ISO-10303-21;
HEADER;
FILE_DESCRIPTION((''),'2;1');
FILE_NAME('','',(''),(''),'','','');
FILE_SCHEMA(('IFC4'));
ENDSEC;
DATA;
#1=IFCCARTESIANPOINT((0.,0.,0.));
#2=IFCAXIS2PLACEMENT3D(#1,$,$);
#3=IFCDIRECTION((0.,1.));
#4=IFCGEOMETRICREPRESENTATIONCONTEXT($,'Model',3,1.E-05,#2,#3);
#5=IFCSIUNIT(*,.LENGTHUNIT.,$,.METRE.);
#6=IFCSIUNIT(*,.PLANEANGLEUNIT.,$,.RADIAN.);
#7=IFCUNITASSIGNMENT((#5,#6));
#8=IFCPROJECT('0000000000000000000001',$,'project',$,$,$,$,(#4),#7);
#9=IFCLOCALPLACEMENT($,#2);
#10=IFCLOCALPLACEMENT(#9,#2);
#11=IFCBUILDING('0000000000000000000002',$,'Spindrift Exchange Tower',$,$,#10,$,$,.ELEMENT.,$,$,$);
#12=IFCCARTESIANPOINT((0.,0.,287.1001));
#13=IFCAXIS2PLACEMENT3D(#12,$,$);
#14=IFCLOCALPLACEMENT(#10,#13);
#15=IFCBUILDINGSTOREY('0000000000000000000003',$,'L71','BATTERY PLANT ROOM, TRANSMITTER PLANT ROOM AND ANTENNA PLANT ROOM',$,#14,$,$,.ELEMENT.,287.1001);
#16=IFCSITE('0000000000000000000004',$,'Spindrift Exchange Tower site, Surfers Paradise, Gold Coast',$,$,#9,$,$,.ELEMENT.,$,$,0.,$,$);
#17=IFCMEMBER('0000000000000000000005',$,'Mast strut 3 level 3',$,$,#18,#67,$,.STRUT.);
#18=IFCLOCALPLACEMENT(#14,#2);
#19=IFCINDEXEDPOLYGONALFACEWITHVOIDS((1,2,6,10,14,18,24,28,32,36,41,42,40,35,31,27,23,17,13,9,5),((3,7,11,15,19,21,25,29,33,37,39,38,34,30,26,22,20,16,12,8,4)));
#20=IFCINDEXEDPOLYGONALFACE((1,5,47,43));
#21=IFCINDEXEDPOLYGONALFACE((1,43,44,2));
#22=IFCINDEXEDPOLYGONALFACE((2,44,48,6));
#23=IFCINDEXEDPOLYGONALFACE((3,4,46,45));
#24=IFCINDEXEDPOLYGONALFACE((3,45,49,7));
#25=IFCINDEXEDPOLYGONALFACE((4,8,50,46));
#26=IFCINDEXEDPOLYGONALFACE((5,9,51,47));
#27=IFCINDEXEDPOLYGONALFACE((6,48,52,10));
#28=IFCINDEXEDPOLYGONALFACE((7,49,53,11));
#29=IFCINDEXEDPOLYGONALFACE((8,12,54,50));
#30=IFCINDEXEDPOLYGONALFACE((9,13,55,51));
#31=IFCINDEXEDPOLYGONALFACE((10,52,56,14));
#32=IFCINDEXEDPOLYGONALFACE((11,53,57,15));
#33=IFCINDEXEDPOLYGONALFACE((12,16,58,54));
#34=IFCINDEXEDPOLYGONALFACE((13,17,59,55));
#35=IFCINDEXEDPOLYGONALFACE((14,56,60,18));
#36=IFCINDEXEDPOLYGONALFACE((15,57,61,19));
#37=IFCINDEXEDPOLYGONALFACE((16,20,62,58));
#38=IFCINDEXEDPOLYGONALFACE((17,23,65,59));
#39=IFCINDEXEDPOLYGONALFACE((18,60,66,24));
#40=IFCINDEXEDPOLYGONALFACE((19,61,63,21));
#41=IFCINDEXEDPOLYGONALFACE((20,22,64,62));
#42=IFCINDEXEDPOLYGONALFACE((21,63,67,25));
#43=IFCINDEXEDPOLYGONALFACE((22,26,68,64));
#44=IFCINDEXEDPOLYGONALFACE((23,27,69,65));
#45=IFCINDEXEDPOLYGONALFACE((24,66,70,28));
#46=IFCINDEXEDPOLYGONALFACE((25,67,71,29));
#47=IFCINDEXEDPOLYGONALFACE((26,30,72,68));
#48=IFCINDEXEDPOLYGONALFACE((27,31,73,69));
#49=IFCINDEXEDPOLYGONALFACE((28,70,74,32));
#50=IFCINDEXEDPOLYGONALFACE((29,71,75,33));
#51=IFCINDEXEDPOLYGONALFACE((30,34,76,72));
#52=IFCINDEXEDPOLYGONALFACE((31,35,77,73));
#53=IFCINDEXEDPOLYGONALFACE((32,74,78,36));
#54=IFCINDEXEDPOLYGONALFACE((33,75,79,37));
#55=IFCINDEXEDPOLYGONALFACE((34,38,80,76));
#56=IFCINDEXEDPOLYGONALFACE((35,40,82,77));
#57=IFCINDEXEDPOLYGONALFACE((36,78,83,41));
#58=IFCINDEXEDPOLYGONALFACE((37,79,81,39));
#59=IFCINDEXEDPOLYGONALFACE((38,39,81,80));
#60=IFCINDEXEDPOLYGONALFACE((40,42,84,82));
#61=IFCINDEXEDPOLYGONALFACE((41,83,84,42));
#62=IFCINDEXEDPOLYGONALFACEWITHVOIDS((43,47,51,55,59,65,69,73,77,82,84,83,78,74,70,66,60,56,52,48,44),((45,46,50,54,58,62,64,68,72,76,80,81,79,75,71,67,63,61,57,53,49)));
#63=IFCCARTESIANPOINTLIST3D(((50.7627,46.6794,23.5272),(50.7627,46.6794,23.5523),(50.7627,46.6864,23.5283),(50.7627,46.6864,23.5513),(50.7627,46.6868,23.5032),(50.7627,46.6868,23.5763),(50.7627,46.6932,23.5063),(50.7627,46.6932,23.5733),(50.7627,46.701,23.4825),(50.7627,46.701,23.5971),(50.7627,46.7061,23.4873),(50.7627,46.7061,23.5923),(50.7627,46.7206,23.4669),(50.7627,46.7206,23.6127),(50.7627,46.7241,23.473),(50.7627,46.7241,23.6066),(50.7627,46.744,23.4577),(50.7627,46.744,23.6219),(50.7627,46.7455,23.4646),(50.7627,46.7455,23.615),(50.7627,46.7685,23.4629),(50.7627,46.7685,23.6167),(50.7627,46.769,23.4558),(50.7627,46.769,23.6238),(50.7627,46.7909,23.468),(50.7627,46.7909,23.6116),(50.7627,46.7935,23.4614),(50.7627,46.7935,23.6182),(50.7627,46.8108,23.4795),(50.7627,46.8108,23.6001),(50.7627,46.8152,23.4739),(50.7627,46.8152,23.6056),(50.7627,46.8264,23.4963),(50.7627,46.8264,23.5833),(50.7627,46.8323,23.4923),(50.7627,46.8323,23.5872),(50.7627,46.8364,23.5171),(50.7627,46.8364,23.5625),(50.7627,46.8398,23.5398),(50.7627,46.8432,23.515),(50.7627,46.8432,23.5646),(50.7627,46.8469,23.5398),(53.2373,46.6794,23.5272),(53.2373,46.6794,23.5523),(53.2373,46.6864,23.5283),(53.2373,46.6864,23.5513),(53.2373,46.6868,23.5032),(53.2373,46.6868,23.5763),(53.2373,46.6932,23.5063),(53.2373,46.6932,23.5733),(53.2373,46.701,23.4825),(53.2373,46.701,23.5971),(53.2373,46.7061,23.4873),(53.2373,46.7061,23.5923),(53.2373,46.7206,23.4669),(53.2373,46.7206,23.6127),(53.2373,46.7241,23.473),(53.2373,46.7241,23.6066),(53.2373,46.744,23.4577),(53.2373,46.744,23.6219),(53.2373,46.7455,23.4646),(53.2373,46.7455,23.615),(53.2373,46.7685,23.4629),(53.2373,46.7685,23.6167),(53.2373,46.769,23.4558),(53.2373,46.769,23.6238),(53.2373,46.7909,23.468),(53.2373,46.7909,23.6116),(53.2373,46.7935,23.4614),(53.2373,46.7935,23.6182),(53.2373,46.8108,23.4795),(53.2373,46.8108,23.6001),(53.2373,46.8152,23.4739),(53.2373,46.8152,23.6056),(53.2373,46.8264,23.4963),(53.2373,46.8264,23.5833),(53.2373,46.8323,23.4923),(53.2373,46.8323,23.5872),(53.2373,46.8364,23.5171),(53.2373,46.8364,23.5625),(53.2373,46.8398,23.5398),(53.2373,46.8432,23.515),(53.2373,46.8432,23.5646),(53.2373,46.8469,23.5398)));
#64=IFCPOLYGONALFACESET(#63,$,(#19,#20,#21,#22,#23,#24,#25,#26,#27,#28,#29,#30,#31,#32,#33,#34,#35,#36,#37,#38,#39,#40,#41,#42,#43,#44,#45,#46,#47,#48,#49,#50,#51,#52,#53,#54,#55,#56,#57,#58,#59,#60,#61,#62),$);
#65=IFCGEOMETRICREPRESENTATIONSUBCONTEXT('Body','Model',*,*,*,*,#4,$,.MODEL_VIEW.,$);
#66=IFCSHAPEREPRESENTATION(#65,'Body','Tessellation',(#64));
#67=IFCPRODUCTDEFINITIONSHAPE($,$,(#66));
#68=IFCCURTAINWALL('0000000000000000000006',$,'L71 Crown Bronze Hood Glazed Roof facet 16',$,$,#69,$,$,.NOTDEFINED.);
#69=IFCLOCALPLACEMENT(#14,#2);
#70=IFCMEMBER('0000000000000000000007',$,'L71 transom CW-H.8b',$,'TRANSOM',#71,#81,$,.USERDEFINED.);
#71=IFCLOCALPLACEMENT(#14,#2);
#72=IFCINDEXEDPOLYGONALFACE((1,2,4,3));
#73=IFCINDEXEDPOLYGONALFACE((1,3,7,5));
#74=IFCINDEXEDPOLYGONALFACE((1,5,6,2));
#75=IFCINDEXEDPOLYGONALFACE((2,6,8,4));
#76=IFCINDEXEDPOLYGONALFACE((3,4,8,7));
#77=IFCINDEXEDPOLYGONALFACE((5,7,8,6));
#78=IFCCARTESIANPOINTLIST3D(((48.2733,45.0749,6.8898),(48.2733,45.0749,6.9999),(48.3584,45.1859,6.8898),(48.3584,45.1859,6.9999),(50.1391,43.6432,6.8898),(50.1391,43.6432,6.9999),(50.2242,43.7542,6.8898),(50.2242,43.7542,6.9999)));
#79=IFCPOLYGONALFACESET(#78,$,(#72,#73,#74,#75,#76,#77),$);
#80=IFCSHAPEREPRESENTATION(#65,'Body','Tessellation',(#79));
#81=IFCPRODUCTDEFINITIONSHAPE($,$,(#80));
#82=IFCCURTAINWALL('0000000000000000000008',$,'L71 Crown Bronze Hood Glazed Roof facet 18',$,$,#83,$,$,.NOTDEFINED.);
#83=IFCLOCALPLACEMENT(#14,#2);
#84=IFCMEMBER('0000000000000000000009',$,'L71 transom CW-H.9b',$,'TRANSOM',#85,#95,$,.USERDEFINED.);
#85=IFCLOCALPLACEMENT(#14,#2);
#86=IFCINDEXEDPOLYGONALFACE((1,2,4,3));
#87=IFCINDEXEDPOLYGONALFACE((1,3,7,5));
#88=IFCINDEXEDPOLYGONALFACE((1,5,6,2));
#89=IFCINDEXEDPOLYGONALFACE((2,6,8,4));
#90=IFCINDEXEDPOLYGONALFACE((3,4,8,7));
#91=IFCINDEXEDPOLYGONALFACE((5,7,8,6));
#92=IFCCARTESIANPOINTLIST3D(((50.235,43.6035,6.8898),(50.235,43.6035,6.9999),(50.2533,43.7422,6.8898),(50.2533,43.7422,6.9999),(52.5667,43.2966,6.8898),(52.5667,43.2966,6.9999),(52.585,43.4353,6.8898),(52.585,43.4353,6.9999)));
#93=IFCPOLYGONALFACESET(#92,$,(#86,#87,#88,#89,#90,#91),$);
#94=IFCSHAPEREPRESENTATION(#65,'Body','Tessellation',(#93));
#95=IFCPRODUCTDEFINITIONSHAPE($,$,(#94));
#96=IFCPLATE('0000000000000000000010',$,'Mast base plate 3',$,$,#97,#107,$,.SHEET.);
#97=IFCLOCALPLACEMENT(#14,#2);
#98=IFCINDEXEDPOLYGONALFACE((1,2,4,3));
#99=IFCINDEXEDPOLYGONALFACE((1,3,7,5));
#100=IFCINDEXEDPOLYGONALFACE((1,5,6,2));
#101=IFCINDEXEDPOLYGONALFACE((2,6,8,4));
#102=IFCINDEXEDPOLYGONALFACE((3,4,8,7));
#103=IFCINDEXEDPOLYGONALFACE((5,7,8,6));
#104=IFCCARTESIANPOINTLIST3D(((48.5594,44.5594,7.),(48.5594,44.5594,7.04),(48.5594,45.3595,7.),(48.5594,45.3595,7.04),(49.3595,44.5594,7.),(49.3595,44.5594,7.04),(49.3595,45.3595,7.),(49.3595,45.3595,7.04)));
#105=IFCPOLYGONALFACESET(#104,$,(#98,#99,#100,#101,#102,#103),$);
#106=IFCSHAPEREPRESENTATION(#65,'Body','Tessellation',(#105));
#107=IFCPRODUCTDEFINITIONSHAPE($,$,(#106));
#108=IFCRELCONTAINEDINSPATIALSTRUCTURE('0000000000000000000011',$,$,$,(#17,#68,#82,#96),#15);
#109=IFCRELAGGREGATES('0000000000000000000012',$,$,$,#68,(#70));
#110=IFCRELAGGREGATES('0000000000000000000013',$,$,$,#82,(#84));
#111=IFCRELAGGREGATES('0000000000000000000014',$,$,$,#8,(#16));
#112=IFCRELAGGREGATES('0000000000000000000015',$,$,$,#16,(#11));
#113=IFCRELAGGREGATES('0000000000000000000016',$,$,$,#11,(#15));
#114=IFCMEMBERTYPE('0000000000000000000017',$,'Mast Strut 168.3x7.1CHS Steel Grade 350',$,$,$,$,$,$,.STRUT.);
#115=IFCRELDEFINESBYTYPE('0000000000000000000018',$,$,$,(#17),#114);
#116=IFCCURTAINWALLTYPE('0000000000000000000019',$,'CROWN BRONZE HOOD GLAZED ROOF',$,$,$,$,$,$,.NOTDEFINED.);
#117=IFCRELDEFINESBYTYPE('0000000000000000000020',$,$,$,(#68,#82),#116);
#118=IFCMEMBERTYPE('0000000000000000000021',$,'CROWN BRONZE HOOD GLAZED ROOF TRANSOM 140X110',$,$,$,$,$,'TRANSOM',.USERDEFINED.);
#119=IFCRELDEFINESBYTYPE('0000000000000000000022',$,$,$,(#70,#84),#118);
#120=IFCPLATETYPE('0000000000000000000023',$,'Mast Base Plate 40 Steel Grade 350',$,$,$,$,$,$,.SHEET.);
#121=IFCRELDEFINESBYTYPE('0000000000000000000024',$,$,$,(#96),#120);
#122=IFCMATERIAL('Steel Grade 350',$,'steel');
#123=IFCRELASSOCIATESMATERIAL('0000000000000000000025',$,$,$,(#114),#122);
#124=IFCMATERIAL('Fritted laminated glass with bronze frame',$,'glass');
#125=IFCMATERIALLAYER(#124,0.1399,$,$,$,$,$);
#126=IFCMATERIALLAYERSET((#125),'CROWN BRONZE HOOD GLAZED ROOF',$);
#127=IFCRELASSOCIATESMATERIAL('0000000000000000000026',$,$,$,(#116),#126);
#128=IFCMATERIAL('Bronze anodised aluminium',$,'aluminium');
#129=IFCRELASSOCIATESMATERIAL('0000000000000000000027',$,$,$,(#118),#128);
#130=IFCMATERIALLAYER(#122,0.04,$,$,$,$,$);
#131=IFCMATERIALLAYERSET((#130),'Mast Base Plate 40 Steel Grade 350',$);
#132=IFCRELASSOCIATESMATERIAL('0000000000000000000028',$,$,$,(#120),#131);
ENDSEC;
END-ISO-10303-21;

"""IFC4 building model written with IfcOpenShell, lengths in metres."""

from ifc_helpers import new_model, si_unit, direction, frame, origin, origin_2d, place, context, subcontext, project, spatial, rectangle, hollow_circle, extrude, source, transform, mapped, material, layer, layer_set, material_profile, profile_set, type_object, element, aggregate, save


model = new_model("IFC4")

# Units and contexts
model_context = context("Model", 3, precision=1e-05, world=origin(), true_north=direction((0.0, 1.0)))
body_context = subcontext(model_context, "Body", "Model", "MODEL_VIEW")
ifc_project = project(units=[si_unit("LENGTHUNIT", "METRE"), si_unit("PLANEANGLEUNIT", "RADIAN")], contexts=[model_context])

# Site, building, storey
site_placement = place(None, origin())
site = spatial("IfcSite", under=ifc_project, at=site_placement, Name="Spindrift Exchange Tower site, Surfers Paradise, Gold Coast", CompositionType="ELEMENT", RefElevation=0.0)
building_placement = place(site_placement, origin())
building = spatial("IfcBuilding", under=site, at=building_placement, Name="Spindrift Exchange Tower", CompositionType="ELEMENT")
storey_placement = place(building_placement, frame((0.0, 0.0, 287.1001)))
storey = spatial("IfcBuildingStorey", under=building, at=storey_placement, Name="L71", Description="BATTERY PLANT ROOM, TRANSMITTER PLANT ROOM AND ANTENNA PLANT ROOM", CompositionType="ELEMENT", Elevation=287.1001)

# Member
ifc_material_1 = material(Name="Steel Grade 350", Category="steel")
ifc_material_profile_1 = material_profile(ifc_material_1, hollow_circle(Radius=0.0842, WallThickness=0.0071, at=origin_2d()), Name="168.3x7.1CHS")
ifc_profile_set_1 = profile_set([ifc_material_profile_1], Name="Steel Grade 350")
member_type_1 = type_object("IfcMemberType", Name="Mast Strut 168.3x7.1CHS Steel Grade 350", PredefinedType="STRUT", material=ifc_profile_set_1)
shared_shape_1 = source(origin(), body_context, "Body", "SweptSolid", [
    extrude(hollow_circle(Radius=0.0842, WallThickness=0.0071, at=origin_2d()), origin(), (0.0, 0.0, 1.0), 2.4746),
])
member_1_placement = place(storey_placement, frame((50.7627, 46.7627, 23.5398), z_axis=(1.0, 0.0, 0.0), x_axis=(0.0, 1.0, 0.0)))
element("IfcMember", 1, at=member_1_placement, inside=storey, type_object=member_type_1, Name="Mast strut 3 level 3", PredefinedType="STRUT", context=body_context, shape_type="MappedRepresentation", body=[
    mapped(shared_shape_1, transform((0.0, 0.0, 0.0), scale=1.0)),
])

# Curtain walls, members
ifc_material_2 = material(Name="Fritted laminated glass with bronze frame", Category="glass")
ifc_layer_1 = layer(ifc_material_2, 0.1399)
ifc_layer_set_1 = layer_set([ifc_layer_1], Name="CROWN BRONZE HOOD GLAZED ROOF")
curtain_wall_type = type_object("IfcCurtainWallType", Name="CROWN BRONZE HOOD GLAZED ROOF", PredefinedType="NOTDEFINED", material=ifc_layer_set_1)
curtain_wall_1_placement = place(storey_placement, origin())
curtain_wall_1 = element("IfcCurtainWall", 2, at=curtain_wall_1_placement, inside=storey, type_object=curtain_wall_type, Name="L71 Crown Bronze Hood Glazed Roof facet 16", PredefinedType="NOTDEFINED")
ifc_material_3 = material(Name="Bronze anodised aluminium", Category="aluminium")
ifc_material_profile_2 = material_profile(ifc_material_3, rectangle(XDim=0.1399, YDim=0.1101, at=origin_2d()), Name="CROWN BRONZE HOOD GLAZED ROOF TRANSOM 140X110")
ifc_profile_set_2 = profile_set([ifc_material_profile_2], Name="Bronze anodised aluminium")
member_type_2 = type_object("IfcMemberType", Name="CROWN BRONZE HOOD GLAZED ROOF TRANSOM 140X110", ElementType="TRANSOM", PredefinedType="USERDEFINED", material=ifc_profile_set_2)
shared_shape_2 = source(origin(), body_context, "Body", "SweptSolid", [
    extrude(rectangle(XDim=0.1399, YDim=0.1101, at=origin_2d()), origin(), (0.0, 0.0, 1.0), 2.3518),
])
member_2_placement = place(storey_placement, frame((50.1816, 43.6987, 6.9448), z_axis=(-0.793349, 0.608767, 0.0), x_axis=(-0.608767, -0.793349, 0.0)))
member_2 = element("IfcMember", 3, at=member_2_placement, type_object=member_type_2, Name="L71 transom CW-H.8b", ObjectType="TRANSOM", PredefinedType="USERDEFINED", context=body_context, shape_type="MappedRepresentation", body=[
    mapped(shared_shape_2, transform((0.0, 0.0, 0.0), scale=1.0)),
])
aggregate(curtain_wall_1, [member_2])
curtain_wall_2_placement = place(storey_placement, origin())
curtain_wall_2 = element("IfcCurtainWall", 4, at=curtain_wall_2_placement, inside=storey, type_object=curtain_wall_type, Name="L71 Crown Bronze Hood Glazed Roof facet 18", PredefinedType="NOTDEFINED")
member_3_placement = place(storey_placement, frame((50.2441, 43.6729, 6.9448), z_axis=(0.99145, -0.130484, 0.0), x_axis=(0.130484, 0.99145, 0.0)))
member_3 = element("IfcMember", 5, at=member_3_placement, type_object=member_type_2, Name="L71 transom CW-H.9b", ObjectType="TRANSOM", PredefinedType="USERDEFINED", context=body_context, shape_type="MappedRepresentation", body=[
    mapped(shared_shape_2, transform((0.0, 0.0, 0.0), scale=1.0)),
])
aggregate(curtain_wall_2, [member_3])

# Plate
ifc_layer_2 = layer(ifc_material_1, 0.04)
ifc_layer_set_2 = layer_set([ifc_layer_2], Name="Mast Base Plate 40 Steel Grade 350")
plate_type = type_object("IfcPlateType", Name="Mast Base Plate 40 Steel Grade 350", PredefinedType="SHEET", material=ifc_layer_set_2)
shared_shape_3 = source(origin(), body_context, "Body", "SweptSolid", [
    extrude(rectangle(XDim=0.8, YDim=0.8, at=origin_2d()), origin(), (0.0, 0.0, 1.0), 0.04),
])
plate_placement = place(storey_placement, frame((48.9595, 44.9595, 7.0), z_axis=(0.0, 0.0, 1.0), x_axis=(1.0, 0.0, 0.0)))
element("IfcPlate", 6, at=plate_placement, inside=storey, type_object=plate_type, Name="Mast base plate 3", PredefinedType="SHEET", context=body_context, shape_type="MappedRepresentation", body=[
    mapped(shared_shape_3, transform((0.0, 0.0, 0.0), scale=1.0)),
])

save(model, "model.ifc")
